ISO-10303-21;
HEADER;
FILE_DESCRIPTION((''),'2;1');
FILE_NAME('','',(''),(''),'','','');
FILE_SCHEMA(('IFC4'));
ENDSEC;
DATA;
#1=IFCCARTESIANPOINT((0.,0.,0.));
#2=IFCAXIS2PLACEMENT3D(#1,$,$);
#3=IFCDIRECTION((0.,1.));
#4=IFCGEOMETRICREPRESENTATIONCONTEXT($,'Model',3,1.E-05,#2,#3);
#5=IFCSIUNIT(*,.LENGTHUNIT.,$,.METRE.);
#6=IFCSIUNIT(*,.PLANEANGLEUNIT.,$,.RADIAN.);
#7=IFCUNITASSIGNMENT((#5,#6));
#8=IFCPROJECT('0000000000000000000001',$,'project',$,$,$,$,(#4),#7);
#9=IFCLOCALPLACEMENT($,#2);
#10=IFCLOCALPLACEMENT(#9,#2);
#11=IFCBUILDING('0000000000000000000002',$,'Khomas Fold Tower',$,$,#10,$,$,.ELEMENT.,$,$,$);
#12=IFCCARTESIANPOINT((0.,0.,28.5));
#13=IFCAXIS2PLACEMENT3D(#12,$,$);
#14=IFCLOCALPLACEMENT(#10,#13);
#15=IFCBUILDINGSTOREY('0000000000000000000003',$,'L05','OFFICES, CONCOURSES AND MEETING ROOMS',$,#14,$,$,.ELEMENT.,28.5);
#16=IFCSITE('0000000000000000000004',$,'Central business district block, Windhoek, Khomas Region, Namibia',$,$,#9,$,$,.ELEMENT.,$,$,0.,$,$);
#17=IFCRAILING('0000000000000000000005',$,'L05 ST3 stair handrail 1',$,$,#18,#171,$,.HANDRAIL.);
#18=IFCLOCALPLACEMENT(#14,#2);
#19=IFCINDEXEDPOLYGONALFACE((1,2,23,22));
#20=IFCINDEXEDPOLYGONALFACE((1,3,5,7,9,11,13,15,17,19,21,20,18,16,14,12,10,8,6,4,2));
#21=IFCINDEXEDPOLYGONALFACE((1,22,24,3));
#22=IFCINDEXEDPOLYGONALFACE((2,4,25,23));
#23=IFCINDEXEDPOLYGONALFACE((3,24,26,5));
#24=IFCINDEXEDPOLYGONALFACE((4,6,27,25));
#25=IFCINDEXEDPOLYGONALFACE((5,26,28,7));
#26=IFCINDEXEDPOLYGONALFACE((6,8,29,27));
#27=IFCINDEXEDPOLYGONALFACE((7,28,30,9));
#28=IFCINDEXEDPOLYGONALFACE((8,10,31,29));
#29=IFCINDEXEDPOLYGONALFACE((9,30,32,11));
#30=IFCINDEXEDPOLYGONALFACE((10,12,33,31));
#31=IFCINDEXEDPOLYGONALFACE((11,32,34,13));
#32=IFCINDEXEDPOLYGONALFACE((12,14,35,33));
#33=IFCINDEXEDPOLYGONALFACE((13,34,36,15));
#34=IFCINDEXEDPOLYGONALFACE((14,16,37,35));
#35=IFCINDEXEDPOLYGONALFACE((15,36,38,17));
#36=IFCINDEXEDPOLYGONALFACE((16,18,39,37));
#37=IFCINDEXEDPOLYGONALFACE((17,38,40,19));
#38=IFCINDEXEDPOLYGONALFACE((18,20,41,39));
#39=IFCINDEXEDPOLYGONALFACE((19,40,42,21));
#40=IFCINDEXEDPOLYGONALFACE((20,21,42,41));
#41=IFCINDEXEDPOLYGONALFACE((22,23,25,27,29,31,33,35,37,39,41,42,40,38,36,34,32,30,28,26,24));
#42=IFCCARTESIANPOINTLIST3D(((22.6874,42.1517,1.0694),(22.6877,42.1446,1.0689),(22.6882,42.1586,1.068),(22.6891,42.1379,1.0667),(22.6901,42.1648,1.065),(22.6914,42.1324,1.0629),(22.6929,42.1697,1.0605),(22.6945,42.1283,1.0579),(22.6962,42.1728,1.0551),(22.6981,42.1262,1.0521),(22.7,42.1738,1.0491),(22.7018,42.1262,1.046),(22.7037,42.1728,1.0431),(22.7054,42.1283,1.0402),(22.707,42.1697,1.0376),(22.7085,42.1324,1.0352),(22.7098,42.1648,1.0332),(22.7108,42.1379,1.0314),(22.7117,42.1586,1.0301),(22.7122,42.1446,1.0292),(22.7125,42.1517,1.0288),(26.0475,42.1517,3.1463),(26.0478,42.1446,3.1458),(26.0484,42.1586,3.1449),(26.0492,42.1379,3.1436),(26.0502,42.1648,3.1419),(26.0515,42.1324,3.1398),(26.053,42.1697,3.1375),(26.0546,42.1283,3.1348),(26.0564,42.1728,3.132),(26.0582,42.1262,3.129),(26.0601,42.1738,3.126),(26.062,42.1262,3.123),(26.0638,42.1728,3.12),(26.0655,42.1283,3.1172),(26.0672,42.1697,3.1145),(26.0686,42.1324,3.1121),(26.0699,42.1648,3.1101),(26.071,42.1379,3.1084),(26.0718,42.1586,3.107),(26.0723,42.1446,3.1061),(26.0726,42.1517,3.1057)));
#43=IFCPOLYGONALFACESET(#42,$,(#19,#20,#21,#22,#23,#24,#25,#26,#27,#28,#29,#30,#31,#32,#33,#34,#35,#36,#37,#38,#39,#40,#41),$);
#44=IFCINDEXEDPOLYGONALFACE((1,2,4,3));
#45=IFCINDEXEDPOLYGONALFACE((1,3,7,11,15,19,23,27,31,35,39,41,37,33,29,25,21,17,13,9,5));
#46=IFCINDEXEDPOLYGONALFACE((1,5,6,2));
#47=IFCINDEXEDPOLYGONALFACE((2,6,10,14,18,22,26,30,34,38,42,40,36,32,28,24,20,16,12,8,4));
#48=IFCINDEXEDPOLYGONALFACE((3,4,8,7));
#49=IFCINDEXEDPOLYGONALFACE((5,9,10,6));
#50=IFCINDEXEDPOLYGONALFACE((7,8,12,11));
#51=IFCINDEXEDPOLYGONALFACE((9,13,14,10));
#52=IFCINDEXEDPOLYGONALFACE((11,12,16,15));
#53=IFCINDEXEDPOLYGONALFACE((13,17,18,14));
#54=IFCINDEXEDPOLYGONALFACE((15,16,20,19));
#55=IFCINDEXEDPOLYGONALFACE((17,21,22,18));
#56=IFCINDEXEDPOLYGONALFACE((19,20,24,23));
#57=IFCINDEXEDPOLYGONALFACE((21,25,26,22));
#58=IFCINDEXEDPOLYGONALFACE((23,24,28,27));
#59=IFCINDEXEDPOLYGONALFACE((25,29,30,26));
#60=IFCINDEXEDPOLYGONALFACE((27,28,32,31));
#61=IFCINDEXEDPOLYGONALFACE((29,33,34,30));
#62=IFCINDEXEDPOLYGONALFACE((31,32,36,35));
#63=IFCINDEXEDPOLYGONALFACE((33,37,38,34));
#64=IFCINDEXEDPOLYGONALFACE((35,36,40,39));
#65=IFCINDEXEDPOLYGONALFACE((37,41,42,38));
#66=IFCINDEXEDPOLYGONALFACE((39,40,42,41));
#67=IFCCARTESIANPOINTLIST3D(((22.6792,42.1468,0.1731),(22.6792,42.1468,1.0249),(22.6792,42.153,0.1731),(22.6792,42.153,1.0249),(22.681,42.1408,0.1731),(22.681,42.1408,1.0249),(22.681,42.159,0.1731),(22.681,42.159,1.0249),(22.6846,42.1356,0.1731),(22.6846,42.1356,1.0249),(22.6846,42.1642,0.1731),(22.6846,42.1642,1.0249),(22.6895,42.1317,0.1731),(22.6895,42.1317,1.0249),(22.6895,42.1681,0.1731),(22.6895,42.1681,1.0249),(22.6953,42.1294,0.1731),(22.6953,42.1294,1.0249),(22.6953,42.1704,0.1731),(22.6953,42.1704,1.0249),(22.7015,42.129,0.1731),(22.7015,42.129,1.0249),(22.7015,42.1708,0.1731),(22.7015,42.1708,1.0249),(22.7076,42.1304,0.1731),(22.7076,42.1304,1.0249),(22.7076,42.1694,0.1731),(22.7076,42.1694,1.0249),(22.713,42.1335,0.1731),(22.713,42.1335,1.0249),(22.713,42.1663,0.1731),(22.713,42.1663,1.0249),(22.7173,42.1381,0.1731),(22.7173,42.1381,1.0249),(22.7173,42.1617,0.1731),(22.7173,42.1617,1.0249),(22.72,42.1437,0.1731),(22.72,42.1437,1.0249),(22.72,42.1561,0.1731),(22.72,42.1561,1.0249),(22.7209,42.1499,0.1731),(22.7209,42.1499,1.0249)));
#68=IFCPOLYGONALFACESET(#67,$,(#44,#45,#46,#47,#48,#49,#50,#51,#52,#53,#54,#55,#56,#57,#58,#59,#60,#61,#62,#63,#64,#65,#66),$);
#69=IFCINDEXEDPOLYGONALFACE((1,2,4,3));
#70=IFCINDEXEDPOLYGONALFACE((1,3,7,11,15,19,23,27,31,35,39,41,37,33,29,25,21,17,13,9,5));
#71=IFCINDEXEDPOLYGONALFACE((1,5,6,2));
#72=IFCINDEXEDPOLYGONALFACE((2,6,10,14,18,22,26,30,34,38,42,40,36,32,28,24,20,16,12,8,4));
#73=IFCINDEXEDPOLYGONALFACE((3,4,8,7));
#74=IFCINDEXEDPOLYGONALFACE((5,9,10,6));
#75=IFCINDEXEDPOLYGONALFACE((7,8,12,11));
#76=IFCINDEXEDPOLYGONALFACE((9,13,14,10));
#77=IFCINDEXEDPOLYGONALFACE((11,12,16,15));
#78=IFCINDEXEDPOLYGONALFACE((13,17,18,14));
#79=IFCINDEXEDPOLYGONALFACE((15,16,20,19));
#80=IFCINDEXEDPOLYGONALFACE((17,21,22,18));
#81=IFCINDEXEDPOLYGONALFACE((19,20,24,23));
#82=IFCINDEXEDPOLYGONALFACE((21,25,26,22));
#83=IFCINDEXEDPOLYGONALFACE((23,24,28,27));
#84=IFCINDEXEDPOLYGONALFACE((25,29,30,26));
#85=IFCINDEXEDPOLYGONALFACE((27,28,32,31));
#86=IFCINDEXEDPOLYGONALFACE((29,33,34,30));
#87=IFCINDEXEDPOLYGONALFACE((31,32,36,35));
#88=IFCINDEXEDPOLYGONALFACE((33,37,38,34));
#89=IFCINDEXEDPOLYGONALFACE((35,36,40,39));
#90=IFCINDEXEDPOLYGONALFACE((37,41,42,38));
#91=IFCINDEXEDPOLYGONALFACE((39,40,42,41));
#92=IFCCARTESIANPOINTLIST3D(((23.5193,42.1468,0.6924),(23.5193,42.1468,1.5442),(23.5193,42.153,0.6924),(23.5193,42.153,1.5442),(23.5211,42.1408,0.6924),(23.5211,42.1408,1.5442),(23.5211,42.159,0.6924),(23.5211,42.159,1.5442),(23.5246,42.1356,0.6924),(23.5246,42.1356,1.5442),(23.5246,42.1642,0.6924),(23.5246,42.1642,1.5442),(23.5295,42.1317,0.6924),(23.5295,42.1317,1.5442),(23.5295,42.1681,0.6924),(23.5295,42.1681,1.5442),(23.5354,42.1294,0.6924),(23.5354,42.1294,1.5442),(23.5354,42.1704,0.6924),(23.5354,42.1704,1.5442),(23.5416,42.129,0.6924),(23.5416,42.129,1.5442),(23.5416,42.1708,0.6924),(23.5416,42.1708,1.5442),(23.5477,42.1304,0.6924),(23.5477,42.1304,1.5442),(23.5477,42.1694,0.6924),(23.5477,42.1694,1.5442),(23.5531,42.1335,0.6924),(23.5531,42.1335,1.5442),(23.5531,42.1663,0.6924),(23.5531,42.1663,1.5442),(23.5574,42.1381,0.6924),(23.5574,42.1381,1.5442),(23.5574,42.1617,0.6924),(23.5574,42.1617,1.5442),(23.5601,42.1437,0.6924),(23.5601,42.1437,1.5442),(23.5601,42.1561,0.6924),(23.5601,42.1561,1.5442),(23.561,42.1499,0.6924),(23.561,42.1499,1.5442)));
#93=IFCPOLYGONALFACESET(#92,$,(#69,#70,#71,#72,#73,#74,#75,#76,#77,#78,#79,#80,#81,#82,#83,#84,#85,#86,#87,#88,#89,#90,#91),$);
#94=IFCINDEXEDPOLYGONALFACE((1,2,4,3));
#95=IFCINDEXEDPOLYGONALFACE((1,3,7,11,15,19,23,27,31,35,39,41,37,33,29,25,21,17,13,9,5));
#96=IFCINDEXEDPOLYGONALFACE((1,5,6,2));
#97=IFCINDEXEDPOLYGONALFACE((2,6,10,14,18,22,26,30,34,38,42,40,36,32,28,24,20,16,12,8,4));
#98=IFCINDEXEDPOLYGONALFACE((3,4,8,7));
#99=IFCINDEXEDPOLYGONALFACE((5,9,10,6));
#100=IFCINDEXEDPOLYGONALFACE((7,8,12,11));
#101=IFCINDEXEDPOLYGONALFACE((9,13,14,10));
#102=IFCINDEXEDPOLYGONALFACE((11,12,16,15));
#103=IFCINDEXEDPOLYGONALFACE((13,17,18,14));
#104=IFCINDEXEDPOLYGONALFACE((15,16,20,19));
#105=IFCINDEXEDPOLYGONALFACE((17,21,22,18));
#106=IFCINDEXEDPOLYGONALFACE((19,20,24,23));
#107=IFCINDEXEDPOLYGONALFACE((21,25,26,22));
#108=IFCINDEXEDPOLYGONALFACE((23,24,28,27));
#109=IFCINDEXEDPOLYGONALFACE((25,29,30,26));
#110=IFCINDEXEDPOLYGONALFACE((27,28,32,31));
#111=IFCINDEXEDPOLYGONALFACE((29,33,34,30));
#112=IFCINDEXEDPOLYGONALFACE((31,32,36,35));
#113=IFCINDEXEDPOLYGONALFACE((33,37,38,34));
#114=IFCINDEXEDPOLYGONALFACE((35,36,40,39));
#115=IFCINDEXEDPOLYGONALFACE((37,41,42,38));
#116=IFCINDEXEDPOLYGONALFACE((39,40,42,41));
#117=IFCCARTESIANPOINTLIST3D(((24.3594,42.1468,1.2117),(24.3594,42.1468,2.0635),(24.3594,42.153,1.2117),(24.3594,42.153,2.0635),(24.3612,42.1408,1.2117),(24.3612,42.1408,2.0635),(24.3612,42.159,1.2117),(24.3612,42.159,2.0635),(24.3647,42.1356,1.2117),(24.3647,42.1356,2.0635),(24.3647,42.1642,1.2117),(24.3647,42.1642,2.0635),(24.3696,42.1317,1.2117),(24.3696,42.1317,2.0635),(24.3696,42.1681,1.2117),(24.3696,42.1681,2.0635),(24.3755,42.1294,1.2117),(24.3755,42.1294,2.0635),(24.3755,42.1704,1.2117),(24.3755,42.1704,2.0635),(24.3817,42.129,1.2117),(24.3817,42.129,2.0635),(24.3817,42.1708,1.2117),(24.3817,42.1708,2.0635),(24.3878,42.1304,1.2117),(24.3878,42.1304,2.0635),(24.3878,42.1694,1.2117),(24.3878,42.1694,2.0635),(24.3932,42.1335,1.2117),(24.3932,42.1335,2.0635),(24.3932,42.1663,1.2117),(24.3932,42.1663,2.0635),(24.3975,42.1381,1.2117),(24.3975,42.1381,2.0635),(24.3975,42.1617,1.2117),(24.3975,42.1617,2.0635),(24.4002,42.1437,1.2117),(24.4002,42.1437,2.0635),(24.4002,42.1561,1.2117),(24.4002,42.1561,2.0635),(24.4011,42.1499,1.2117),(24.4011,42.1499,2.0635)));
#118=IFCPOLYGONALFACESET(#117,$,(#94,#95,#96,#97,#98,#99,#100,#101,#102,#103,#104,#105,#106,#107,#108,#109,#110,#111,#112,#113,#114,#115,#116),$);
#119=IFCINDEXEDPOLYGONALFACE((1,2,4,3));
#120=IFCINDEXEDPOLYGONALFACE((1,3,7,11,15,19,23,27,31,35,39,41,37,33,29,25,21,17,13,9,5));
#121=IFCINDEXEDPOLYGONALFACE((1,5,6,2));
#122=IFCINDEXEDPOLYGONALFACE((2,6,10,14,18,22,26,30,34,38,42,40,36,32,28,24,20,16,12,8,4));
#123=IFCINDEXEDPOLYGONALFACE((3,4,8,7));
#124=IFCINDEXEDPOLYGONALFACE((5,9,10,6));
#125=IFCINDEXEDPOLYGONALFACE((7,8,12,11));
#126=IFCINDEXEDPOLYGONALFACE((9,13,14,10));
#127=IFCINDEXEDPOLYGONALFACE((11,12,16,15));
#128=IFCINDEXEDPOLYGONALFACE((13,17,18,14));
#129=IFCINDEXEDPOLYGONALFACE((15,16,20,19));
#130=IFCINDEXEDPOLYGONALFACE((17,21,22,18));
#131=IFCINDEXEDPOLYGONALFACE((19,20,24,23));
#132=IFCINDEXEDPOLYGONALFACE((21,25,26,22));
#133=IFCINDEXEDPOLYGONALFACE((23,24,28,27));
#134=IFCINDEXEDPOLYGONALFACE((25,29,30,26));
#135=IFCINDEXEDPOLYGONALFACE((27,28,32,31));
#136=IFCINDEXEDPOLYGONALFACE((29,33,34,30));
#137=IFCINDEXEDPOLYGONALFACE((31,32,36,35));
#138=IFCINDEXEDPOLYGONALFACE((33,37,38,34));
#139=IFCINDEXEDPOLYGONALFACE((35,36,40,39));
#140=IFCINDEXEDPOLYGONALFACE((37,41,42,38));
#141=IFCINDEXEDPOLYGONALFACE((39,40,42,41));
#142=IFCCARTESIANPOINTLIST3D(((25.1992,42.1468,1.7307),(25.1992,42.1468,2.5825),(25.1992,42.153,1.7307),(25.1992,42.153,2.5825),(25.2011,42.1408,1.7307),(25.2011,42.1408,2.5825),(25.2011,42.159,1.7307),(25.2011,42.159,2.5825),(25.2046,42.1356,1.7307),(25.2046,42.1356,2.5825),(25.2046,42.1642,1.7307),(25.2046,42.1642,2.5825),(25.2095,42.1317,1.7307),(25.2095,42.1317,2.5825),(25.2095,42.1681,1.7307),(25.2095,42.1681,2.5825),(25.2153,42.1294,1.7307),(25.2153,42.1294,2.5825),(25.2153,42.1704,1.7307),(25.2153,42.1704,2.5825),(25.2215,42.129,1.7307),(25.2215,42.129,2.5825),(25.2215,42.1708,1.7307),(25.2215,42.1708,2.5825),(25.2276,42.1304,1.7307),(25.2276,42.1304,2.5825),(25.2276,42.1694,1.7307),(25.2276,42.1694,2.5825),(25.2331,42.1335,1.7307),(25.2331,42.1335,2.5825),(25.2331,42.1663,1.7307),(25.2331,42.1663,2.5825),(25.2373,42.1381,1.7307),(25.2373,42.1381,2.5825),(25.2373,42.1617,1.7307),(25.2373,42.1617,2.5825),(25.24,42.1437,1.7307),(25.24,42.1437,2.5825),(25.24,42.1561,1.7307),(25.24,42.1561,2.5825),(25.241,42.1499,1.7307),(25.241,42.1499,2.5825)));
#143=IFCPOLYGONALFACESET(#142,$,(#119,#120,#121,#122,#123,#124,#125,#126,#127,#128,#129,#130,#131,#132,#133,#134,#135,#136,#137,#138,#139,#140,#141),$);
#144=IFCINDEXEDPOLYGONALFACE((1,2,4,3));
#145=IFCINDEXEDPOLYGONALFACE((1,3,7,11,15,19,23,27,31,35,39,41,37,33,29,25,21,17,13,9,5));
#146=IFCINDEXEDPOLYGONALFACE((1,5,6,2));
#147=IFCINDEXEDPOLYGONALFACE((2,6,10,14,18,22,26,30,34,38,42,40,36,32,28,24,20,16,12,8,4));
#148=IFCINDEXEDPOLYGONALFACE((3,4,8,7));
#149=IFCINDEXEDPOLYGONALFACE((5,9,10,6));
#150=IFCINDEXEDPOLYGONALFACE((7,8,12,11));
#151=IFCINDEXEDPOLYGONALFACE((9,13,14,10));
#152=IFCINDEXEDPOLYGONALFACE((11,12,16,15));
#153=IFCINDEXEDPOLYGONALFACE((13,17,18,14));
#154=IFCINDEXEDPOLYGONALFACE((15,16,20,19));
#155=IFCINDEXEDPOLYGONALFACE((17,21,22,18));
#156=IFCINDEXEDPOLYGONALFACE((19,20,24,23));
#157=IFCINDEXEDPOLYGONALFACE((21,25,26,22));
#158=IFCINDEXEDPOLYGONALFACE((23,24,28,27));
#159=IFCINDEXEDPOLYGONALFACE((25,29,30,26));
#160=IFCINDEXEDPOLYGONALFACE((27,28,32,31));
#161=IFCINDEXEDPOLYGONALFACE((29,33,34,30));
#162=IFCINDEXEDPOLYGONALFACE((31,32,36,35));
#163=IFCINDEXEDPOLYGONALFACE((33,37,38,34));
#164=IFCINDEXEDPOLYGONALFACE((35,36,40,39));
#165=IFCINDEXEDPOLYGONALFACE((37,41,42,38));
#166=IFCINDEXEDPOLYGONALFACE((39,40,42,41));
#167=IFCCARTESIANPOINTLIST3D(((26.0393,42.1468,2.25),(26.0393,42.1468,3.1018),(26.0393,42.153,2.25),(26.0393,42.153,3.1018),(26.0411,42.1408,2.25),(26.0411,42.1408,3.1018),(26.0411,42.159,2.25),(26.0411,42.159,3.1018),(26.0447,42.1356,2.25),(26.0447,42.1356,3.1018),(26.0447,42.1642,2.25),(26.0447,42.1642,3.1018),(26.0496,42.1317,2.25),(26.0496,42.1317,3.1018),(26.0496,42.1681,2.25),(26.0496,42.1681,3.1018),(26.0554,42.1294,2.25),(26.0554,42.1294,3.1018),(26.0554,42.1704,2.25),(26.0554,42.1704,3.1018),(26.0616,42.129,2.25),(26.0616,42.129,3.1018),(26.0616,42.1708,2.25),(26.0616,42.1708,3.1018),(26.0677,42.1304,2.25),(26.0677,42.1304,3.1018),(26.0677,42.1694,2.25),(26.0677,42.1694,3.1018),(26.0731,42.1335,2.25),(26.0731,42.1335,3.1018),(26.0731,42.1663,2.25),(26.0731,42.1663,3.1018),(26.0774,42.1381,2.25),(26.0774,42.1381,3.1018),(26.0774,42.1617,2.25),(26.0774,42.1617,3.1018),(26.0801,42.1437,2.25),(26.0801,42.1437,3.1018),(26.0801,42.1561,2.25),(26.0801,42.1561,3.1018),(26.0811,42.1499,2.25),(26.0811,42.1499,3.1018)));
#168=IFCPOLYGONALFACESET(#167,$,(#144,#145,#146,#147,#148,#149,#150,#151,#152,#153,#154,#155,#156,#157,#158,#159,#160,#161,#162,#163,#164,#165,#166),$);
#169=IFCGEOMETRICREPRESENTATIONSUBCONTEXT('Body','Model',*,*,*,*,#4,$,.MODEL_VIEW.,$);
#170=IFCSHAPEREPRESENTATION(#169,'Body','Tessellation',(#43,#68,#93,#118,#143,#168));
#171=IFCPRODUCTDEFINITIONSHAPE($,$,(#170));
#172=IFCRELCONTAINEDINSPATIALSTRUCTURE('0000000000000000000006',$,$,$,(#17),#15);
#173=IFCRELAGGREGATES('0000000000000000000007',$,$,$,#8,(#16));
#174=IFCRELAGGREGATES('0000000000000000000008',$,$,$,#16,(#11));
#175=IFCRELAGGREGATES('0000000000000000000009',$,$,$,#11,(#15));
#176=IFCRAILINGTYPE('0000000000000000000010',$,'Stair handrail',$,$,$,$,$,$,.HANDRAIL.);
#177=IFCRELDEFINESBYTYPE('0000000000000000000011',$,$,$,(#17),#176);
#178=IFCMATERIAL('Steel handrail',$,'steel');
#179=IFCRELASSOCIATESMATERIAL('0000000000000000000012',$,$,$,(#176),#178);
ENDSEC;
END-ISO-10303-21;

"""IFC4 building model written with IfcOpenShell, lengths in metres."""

from ifc_helpers import new_model, si_unit, direction, frame, origin, origin_2d, place, context, subcontext, project, spatial, circle, extrude, source, transform, mapped, material, type_object, element, save


model = new_model("IFC4")

# Units and contexts
model_context = context("Model", 3, precision=1e-05, world=origin(), true_north=direction((0.0, 1.0)))
body_context = subcontext(model_context, "Body", "Model", "MODEL_VIEW")
ifc_project = project(units=[si_unit("LENGTHUNIT", "METRE"), si_unit("PLANEANGLEUNIT", "RADIAN")], contexts=[model_context])

# Site, building, storey
site_placement = place(None, origin())
site = spatial("IfcSite", under=ifc_project, at=site_placement, Name="Central business district block, Windhoek, Khomas Region, Namibia", CompositionType="ELEMENT", RefElevation=0.0)
building_placement = place(site_placement, origin())
building = spatial("IfcBuilding", under=site, at=building_placement, Name="Khomas Fold Tower", CompositionType="ELEMENT")
storey_placement = place(building_placement, frame((0.0, 0.0, 28.5)))
storey = spatial("IfcBuildingStorey", under=building, at=storey_placement, Name="L05", Description="OFFICES, CONCOURSES AND MEETING ROOMS", CompositionType="ELEMENT", Elevation=28.5)

# Railing
ifc_material_1 = material(Name="Steel handrail", Category="steel")
railing_type_1 = type_object("IfcRailingType", Name="Stair handrail", PredefinedType="HANDRAIL", material=ifc_material_1)
shared_shape_1 = source(origin(), body_context, "Body", "SweptSolid", [
    extrude(circle(Radius=0.0239, at=origin_2d()), frame((0.0, 0.0, 0.876), z_axis=(0.850623, 0.0, 0.525776), x_axis=(0.0, 1.0, 0.0)), (0.0, 0.0, 1.0), 3.9502),
    extrude(circle(Radius=0.021, at=origin_2d()), origin(), (0.0, 0.0, 1.0), 0.8518),
    extrude(circle(Radius=0.021, at=origin_2d()), frame((0.8401, 0.0, 0.5193)), (0.0, 0.0, 1.0), 0.8518),
    extrude(circle(Radius=0.021, at=origin_2d()), frame((1.6802, 0.0, 1.0386)), (0.0, 0.0, 1.0), 0.8518),
    extrude(circle(Radius=0.021, at=origin_2d()), frame((2.52, 0.0, 1.5576)), (0.0, 0.0, 1.0), 0.8518),
    extrude(circle(Radius=0.021, at=origin_2d()), frame((3.3601, 0.0, 2.0769)), (0.0, 0.0, 1.0), 0.8518),
])
railing_1_placement = place(storey_placement, frame((22.7, 42.1499, 0.1731)))
element("IfcRailing", 1, at=railing_1_placement, inside=storey, type_object=railing_type_1, Name="L05 ST3 stair handrail 1", PredefinedType="HANDRAIL", context=body_context, shape_type="MappedRepresentation", body=[
    mapped(shared_shape_1, transform((0.0, 0.0, 0.0))),
])

save(model, "model.ifc")
